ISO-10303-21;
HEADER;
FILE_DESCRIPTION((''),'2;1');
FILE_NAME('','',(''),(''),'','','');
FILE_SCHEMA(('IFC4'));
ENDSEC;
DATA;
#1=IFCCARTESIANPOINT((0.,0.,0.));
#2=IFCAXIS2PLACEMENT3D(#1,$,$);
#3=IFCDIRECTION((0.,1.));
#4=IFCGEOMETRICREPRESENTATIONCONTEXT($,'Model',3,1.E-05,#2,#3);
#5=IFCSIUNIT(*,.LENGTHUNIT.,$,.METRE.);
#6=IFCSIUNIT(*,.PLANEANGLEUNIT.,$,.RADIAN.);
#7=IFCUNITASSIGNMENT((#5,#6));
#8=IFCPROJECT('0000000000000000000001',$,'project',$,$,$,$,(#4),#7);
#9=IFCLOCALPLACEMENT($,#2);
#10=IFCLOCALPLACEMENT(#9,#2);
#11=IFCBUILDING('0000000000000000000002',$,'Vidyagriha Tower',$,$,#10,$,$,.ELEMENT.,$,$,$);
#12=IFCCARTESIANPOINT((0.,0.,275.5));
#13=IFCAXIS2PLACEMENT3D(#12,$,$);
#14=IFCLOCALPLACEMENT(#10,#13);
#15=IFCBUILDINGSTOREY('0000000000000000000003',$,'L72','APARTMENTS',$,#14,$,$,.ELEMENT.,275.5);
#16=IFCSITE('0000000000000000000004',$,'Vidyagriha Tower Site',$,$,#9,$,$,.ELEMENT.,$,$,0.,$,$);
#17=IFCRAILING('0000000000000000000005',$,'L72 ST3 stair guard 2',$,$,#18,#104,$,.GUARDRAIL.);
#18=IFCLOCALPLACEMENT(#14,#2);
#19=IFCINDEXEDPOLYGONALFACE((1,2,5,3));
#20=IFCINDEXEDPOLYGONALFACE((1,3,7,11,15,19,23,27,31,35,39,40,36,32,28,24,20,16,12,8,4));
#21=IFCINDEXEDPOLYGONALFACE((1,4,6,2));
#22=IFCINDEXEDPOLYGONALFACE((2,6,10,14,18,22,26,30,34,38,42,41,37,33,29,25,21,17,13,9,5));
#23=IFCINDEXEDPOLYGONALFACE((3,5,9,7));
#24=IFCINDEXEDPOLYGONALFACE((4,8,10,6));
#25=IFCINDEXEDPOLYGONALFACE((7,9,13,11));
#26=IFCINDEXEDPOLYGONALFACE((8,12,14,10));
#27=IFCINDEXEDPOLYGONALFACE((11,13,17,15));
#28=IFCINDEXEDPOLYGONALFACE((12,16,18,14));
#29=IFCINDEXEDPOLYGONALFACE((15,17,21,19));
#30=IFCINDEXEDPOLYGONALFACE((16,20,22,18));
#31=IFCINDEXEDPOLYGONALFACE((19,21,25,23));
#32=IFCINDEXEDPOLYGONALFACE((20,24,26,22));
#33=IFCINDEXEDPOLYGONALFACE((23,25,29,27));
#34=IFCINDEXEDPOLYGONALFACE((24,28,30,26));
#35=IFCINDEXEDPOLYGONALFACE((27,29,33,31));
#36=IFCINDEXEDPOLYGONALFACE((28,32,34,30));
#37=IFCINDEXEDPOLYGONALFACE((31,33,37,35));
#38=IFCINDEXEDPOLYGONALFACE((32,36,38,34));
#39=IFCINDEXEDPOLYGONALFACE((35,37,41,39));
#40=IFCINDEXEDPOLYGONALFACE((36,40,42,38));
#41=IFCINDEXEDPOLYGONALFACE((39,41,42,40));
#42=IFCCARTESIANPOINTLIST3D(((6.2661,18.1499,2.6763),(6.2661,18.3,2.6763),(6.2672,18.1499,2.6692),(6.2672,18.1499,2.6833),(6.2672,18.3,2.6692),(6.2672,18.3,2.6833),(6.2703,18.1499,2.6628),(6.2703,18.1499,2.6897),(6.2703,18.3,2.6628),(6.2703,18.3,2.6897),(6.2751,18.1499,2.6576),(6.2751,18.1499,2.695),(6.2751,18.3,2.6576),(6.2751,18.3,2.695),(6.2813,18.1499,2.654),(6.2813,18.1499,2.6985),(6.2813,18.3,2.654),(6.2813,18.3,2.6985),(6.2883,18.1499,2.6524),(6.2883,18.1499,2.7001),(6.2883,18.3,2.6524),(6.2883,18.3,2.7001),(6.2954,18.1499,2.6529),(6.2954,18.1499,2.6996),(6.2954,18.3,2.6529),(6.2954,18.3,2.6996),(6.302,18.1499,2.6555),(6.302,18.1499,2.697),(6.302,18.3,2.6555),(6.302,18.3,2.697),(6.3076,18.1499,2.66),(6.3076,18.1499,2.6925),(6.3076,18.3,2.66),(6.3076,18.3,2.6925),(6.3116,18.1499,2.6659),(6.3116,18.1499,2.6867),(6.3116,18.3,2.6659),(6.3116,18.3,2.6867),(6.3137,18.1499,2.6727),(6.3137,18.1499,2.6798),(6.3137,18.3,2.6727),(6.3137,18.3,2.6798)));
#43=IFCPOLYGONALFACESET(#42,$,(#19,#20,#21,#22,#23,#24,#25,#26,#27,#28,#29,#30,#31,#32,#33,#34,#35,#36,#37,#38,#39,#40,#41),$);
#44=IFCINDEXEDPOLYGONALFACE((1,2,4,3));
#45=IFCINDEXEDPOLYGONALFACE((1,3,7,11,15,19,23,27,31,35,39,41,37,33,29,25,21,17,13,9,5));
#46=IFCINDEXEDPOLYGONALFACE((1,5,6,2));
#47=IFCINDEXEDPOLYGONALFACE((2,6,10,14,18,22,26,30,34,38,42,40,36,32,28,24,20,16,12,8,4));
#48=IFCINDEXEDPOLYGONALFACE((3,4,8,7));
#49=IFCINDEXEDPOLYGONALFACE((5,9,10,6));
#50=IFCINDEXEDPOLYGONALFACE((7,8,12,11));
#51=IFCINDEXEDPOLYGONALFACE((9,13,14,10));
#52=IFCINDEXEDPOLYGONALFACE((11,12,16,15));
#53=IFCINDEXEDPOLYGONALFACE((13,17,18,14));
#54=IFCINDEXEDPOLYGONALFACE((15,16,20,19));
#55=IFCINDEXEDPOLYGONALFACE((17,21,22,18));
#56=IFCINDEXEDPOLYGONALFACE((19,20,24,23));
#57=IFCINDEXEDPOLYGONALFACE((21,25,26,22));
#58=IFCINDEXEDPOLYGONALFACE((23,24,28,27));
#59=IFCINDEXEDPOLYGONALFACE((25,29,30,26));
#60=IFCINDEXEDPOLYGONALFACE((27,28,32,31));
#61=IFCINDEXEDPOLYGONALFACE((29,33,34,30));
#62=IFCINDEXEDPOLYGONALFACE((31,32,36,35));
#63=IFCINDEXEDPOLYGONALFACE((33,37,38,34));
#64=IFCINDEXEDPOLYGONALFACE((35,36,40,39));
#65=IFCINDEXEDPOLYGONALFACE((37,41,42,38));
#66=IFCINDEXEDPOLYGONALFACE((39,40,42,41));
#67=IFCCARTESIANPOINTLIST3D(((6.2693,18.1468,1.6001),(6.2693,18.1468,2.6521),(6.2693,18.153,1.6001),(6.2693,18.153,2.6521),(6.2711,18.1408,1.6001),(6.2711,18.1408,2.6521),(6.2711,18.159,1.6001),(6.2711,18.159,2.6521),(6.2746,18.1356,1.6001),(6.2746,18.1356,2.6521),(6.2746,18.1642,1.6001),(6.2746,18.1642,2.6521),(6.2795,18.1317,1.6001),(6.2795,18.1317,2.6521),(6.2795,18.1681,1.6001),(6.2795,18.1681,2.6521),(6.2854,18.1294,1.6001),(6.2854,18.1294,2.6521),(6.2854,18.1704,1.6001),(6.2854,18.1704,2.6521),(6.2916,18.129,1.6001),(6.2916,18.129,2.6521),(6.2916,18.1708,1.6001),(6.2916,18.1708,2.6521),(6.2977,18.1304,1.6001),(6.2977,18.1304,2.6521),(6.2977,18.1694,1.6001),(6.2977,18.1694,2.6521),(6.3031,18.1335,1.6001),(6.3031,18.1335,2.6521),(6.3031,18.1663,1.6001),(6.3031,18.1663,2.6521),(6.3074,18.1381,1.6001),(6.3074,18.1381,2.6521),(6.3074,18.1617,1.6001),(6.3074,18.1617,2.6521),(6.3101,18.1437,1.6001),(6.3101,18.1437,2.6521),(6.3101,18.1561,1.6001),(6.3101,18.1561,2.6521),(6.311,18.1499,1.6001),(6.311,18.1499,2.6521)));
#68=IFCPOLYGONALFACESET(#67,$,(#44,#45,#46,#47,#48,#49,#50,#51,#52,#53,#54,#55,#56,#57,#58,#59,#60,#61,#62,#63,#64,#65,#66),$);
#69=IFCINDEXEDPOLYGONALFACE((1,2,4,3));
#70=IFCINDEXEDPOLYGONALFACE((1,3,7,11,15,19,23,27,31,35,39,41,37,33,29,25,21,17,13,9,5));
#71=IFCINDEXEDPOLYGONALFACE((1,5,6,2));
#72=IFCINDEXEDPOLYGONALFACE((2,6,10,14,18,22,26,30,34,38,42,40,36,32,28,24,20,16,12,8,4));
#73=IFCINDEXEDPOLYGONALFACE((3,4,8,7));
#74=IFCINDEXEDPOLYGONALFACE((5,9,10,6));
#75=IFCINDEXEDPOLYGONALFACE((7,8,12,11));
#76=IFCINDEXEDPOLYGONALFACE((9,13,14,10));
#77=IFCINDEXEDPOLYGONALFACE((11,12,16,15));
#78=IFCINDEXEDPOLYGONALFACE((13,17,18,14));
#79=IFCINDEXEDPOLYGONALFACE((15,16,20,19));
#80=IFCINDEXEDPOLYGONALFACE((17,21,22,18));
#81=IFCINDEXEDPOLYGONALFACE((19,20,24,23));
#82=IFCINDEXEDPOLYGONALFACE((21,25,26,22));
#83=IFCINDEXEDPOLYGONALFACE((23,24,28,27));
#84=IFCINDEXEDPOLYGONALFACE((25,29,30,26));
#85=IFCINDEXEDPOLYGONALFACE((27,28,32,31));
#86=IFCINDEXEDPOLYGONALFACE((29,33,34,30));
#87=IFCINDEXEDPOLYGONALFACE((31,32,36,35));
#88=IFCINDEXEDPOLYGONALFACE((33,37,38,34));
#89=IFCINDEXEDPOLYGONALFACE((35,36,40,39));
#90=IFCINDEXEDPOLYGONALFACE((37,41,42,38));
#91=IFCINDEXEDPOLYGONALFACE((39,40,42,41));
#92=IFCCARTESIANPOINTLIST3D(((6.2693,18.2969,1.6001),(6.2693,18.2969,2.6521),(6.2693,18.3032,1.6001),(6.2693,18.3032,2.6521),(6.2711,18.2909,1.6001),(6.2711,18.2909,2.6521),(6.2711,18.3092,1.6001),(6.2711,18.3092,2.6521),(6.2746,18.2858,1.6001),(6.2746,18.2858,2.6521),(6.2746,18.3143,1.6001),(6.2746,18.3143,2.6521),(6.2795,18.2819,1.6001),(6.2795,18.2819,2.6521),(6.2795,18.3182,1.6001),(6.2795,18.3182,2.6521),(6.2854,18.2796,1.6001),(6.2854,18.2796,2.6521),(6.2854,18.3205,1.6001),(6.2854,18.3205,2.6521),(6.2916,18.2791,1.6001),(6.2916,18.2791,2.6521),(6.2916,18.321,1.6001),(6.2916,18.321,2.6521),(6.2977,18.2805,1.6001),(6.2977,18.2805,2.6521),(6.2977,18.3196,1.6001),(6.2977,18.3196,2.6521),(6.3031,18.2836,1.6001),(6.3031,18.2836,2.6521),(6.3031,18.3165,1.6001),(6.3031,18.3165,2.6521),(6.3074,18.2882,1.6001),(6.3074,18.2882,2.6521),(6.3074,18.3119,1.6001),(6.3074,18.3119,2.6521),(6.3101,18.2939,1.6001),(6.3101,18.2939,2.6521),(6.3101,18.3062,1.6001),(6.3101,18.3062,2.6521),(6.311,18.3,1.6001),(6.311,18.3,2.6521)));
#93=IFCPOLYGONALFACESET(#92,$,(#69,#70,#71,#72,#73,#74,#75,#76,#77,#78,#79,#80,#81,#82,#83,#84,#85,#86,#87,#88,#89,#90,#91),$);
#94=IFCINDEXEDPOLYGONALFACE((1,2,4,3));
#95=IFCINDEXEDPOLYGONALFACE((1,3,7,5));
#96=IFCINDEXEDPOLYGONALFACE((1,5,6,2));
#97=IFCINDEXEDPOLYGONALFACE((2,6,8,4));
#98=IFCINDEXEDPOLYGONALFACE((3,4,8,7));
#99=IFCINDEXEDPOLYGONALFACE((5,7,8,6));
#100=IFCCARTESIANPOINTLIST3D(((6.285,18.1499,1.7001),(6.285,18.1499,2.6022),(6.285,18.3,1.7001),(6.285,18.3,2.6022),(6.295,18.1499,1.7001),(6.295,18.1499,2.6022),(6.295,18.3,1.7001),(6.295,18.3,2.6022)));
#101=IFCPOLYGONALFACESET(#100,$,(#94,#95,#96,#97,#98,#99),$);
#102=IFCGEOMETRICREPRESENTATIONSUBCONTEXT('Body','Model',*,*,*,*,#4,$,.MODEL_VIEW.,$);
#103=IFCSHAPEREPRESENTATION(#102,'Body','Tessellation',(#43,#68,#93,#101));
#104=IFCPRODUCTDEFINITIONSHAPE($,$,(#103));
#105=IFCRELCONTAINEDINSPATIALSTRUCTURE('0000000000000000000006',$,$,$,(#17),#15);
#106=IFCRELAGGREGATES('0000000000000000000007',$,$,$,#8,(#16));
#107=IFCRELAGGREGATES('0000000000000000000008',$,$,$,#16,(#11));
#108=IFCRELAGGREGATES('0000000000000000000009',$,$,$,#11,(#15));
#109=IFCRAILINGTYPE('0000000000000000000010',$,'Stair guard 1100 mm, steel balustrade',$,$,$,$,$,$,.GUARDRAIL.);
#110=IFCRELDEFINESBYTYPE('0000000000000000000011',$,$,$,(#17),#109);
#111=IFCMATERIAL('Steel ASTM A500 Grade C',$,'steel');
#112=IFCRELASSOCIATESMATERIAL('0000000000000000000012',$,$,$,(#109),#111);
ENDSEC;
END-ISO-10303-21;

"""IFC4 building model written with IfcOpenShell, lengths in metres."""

from ifc_helpers import new_model, si_unit, direction, frame, origin, origin_2d, place, context, subcontext, project, spatial, rectangle, circle, extrude, material, type_object, element, save


model = new_model("IFC4")

# Units and contexts
model_context = context("Model", 3, precision=1e-05, world=origin(), true_north=direction((0.0, 1.0)))
body_context = subcontext(model_context, "Body", "Model", "MODEL_VIEW")
ifc_project = project(units=[si_unit("LENGTHUNIT", "METRE"), si_unit("PLANEANGLEUNIT", "RADIAN")], contexts=[model_context])

# Site, building, storey
site_placement = place(None, origin())
site = spatial("IfcSite", under=ifc_project, at=site_placement, Name="Vidyagriha Tower Site", CompositionType="ELEMENT", RefElevation=0.0)
building_placement = place(site_placement, origin())
building = spatial("IfcBuilding", under=site, at=building_placement, Name="Vidyagriha Tower", CompositionType="ELEMENT")
storey_placement = place(building_placement, frame((0.0, 0.0, 275.5)))
storey = spatial("IfcBuildingStorey", under=building, at=storey_placement, Name="L72", Description="APARTMENTS", CompositionType="ELEMENT", Elevation=275.5)

# Railing
ifc_material_1 = material(Name="Steel ASTM A500 Grade C", Category="steel")
railing_type_1 = type_object("IfcRailingType", Name="Stair guard 1100 mm, steel balustrade", PredefinedType="GUARDRAIL", material=ifc_material_1)
railing_1_placement = place(storey_placement, frame((6.29, 18.1499, 1.6001)))
element("IfcRailing", 1, at=railing_1_placement, inside=storey, type_object=railing_type_1, Name="L72 ST3 stair guard 2", PredefinedType="GUARDRAIL", context=body_context, shape_type="SweptSolid", body=[
    extrude(circle(Radius=0.0239, at=origin_2d()), frame((0.0, 0.0, 1.0762), z_axis=(0.0, 1.0, 0.0), x_axis=(-1.0, 0.0, 0.0)), (0.0, 0.0, 1.0), 0.1501),
    extrude(circle(Radius=0.021, at=origin_2d()), origin(), (0.0, 0.0, 1.0), 1.052),
    extrude(circle(Radius=0.021, at=origin_2d()), frame((0.0, 0.1501, 0.0)), (0.0, 0.0, 1.0), 1.052),
    extrude(rectangle(XDim=0.01, YDim=0.9021, at=origin_2d()), frame((0.0, 0.0, 0.551), z_axis=(0.0, 1.0, 0.0), x_axis=(-1.0, 0.0, 0.0)), (0.0, 0.0, 1.0), 0.1501),
])

save(model, "model.ifc")
